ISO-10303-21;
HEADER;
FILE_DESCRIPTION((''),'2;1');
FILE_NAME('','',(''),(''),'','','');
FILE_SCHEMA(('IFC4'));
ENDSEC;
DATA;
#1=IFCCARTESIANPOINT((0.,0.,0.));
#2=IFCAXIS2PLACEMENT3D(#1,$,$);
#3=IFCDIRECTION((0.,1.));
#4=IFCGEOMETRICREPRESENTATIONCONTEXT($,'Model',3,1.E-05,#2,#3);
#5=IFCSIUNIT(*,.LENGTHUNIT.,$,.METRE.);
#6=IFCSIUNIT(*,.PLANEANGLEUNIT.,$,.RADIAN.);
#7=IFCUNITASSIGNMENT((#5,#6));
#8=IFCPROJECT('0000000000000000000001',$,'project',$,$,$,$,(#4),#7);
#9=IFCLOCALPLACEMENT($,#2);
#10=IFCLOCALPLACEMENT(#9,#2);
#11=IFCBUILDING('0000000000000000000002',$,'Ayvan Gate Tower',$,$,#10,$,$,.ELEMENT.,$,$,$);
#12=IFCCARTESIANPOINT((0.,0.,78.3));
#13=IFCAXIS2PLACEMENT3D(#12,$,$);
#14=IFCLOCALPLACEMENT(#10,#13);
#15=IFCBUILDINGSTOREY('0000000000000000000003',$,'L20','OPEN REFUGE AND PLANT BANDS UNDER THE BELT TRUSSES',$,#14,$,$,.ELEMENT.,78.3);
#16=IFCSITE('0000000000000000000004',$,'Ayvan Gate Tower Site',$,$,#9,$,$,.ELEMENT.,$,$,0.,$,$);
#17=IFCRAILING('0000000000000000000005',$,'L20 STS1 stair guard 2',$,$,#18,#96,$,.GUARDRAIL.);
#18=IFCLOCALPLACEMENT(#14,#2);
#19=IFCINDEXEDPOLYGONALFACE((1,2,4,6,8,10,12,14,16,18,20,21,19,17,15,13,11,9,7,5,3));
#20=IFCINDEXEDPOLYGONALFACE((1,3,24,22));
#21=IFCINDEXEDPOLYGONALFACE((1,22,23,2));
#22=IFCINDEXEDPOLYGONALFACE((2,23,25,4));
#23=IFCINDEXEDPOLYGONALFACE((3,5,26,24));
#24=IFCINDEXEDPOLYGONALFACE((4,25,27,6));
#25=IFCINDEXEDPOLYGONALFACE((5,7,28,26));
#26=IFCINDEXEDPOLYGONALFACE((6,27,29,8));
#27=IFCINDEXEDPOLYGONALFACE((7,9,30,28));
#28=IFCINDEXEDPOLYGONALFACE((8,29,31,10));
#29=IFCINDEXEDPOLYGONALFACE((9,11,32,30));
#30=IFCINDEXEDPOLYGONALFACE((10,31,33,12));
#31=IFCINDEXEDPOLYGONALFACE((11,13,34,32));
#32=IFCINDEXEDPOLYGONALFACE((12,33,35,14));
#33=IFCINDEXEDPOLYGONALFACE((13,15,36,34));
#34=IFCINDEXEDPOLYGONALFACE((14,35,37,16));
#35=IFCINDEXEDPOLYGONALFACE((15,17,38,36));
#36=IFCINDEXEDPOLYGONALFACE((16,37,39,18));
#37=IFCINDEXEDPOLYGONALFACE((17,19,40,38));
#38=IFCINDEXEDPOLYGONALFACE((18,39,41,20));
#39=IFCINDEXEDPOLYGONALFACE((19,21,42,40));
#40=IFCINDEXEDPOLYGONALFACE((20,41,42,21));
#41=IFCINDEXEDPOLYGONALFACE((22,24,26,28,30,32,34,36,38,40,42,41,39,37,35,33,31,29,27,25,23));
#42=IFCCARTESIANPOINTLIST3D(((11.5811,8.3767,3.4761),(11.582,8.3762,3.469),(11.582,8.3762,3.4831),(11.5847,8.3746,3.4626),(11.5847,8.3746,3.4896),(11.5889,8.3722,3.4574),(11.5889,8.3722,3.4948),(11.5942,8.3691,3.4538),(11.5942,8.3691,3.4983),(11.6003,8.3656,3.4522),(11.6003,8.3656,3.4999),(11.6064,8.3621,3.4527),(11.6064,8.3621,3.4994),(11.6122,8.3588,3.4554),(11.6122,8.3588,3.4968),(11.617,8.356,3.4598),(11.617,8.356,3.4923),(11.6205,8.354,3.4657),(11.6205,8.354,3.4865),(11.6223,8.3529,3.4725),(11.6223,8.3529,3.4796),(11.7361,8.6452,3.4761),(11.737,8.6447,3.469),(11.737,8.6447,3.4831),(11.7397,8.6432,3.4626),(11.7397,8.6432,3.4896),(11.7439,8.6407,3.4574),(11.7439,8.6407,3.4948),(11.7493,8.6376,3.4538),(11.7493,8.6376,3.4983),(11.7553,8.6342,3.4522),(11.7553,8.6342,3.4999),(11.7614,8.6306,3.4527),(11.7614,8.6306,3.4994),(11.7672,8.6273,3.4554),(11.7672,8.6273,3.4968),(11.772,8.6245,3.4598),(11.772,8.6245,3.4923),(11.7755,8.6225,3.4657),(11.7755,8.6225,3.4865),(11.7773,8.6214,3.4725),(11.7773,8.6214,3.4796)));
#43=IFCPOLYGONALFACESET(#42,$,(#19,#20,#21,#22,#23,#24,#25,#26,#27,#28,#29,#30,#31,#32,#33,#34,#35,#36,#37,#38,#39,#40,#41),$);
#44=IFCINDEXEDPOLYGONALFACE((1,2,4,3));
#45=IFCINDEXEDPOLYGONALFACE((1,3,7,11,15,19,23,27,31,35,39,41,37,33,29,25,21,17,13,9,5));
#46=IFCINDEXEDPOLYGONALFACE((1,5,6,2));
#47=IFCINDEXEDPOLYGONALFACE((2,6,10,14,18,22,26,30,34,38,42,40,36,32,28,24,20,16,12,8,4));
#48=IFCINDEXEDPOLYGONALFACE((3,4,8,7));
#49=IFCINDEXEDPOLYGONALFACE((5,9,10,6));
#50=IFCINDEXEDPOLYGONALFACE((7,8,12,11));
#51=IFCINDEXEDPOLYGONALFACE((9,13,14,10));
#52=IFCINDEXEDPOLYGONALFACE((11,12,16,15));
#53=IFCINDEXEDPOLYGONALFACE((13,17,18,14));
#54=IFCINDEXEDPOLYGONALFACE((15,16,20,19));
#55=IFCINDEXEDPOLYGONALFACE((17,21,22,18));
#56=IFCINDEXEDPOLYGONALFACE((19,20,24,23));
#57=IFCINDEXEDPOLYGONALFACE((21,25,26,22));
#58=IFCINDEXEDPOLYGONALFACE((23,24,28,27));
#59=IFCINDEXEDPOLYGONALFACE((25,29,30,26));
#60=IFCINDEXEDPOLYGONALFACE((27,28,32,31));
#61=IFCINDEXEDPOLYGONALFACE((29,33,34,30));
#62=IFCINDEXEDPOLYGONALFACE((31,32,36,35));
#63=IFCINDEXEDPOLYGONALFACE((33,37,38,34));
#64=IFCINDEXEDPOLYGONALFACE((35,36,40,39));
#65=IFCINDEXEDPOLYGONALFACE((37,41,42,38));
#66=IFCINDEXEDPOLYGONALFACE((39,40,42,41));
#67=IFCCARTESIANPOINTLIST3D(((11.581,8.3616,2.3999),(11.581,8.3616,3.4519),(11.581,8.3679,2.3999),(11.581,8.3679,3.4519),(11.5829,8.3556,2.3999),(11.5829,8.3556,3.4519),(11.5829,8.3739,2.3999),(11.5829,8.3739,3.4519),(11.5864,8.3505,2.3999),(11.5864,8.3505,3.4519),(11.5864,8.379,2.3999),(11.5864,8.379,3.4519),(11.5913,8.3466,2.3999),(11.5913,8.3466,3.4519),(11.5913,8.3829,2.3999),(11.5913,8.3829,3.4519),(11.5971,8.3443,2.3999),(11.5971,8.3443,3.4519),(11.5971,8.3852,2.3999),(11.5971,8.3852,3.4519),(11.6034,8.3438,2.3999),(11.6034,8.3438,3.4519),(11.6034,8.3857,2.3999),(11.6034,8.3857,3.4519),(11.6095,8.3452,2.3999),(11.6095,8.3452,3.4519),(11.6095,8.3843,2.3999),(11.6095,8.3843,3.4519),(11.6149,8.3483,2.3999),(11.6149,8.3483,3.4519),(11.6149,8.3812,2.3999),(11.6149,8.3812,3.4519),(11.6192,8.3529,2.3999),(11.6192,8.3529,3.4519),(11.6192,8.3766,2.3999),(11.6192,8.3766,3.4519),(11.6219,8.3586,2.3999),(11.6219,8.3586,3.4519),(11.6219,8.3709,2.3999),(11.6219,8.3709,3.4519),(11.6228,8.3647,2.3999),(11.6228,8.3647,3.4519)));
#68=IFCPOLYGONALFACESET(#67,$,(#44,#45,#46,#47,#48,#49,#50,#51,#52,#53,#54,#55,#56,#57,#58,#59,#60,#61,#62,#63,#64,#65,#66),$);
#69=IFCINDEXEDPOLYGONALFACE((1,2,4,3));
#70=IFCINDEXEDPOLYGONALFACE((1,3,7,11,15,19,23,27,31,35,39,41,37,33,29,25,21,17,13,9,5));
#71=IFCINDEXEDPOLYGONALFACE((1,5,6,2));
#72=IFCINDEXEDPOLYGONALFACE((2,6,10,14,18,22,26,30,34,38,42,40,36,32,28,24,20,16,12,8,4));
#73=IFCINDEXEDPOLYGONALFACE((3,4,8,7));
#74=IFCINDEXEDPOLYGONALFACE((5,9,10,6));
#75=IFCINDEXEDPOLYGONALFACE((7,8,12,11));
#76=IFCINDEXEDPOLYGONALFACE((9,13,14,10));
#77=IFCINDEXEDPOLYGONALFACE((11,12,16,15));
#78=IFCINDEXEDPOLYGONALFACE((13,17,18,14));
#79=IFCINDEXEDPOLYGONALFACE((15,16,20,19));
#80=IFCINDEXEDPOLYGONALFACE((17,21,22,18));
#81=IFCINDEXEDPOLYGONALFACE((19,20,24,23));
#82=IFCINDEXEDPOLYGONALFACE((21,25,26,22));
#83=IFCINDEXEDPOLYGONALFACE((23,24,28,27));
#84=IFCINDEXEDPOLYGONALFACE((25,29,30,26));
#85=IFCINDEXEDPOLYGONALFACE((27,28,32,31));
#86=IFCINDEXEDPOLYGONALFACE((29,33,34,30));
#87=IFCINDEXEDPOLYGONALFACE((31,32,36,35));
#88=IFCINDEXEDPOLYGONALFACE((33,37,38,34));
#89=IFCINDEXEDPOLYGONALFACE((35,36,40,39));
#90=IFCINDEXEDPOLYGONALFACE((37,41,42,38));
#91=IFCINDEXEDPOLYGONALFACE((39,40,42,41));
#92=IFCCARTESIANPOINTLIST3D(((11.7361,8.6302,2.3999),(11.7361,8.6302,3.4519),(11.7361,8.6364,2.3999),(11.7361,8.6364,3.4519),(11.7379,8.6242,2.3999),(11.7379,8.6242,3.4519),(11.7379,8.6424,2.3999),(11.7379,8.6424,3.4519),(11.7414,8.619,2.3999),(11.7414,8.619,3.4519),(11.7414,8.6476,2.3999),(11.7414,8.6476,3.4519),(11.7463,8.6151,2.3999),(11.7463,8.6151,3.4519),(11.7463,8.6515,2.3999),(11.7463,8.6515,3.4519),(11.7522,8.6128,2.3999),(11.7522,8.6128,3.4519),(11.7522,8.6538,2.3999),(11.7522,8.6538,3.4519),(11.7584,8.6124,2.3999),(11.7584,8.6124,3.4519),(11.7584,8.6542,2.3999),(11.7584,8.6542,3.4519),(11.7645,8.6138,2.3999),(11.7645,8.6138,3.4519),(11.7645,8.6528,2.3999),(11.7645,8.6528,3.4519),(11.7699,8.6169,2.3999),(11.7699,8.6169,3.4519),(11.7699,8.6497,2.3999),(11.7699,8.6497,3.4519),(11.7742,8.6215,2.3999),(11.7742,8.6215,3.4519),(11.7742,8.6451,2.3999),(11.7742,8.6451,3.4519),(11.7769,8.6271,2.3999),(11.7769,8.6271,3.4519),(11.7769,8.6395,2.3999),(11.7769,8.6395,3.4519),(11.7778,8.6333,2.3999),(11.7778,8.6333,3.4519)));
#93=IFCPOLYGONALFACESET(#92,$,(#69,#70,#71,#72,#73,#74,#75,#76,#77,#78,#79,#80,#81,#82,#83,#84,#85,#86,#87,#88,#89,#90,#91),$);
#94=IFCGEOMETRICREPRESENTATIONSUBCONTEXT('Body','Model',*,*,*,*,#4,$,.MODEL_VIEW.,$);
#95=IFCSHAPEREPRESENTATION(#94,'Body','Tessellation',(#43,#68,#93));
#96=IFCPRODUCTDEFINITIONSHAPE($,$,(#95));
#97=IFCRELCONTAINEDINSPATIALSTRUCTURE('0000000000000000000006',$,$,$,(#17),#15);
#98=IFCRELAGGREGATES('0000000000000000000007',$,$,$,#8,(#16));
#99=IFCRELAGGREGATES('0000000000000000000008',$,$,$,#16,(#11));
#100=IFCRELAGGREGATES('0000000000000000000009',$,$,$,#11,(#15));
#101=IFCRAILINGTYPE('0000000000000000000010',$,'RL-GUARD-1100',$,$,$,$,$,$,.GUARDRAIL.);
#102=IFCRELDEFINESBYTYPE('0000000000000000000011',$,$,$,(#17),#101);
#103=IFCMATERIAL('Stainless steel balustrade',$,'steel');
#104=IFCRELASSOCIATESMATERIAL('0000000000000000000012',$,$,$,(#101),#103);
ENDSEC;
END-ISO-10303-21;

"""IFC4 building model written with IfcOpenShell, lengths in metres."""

from ifc_helpers import new_model, si_unit, direction, frame, origin, origin_2d, place, context, subcontext, project, spatial, circle, extrude, material, type_object, element, save


model = new_model("IFC4")

# Units and contexts
model_context = context("Model", 3, precision=1e-05, world=origin(), true_north=direction((0.0, 1.0)))
body_context = subcontext(model_context, "Body", "Model", "MODEL_VIEW")
ifc_project = project(units=[si_unit("LENGTHUNIT", "METRE"), si_unit("PLANEANGLEUNIT", "RADIAN")], contexts=[model_context])

# Site, building, storey
site_placement = place(None, origin())
site = spatial("IfcSite", under=ifc_project, at=site_placement, Name="Ayvan Gate Tower Site", CompositionType="ELEMENT", RefElevation=0.0)
building_placement = place(site_placement, origin())
building = spatial("IfcBuilding", under=site, at=building_placement, Name="Ayvan Gate Tower", CompositionType="ELEMENT")
storey_placement = place(building_placement, frame((0.0, 0.0, 78.3)))
storey = spatial("IfcBuildingStorey", under=building, at=storey_placement, Name="L20", Description="OPEN REFUGE AND PLANT BANDS UNDER THE BELT TRUSSES", CompositionType="ELEMENT", Elevation=78.3)

# Railing
ifc_material_1 = material(Name="Stainless steel balustrade", Category="steel")
railing_type_1 = type_object("IfcRailingType", Name="RL-GUARD-1100", PredefinedType="GUARDRAIL", material=ifc_material_1)
railing_1_placement = place(storey_placement, frame((11.6018, 8.3647, 2.3999)))
element("IfcRailing", 1, at=railing_1_placement, inside=storey, type_object=railing_type_1, Name="L20 STS1 stair guard 2", PredefinedType="GUARDRAIL", context=body_context, shape_type="SweptSolid", body=[
    extrude(circle(Radius=0.0239, at=origin_2d()), frame((0.0, 0.0, 1.0762), z_axis=(0.49995, 0.866054, 0.0), x_axis=(-0.866054, 0.49995, 0.0)), (0.0, 0.0, 1.0), 0.3101),
    extrude(circle(Radius=0.021, at=origin_2d()), origin(), (0.0, 0.0, 1.0), 1.052),
    extrude(circle(Radius=0.021, at=origin_2d()), frame((0.155, 0.2686, 0.0)), (0.0, 0.0, 1.0), 1.052),
])

save(model, "model.ifc")
